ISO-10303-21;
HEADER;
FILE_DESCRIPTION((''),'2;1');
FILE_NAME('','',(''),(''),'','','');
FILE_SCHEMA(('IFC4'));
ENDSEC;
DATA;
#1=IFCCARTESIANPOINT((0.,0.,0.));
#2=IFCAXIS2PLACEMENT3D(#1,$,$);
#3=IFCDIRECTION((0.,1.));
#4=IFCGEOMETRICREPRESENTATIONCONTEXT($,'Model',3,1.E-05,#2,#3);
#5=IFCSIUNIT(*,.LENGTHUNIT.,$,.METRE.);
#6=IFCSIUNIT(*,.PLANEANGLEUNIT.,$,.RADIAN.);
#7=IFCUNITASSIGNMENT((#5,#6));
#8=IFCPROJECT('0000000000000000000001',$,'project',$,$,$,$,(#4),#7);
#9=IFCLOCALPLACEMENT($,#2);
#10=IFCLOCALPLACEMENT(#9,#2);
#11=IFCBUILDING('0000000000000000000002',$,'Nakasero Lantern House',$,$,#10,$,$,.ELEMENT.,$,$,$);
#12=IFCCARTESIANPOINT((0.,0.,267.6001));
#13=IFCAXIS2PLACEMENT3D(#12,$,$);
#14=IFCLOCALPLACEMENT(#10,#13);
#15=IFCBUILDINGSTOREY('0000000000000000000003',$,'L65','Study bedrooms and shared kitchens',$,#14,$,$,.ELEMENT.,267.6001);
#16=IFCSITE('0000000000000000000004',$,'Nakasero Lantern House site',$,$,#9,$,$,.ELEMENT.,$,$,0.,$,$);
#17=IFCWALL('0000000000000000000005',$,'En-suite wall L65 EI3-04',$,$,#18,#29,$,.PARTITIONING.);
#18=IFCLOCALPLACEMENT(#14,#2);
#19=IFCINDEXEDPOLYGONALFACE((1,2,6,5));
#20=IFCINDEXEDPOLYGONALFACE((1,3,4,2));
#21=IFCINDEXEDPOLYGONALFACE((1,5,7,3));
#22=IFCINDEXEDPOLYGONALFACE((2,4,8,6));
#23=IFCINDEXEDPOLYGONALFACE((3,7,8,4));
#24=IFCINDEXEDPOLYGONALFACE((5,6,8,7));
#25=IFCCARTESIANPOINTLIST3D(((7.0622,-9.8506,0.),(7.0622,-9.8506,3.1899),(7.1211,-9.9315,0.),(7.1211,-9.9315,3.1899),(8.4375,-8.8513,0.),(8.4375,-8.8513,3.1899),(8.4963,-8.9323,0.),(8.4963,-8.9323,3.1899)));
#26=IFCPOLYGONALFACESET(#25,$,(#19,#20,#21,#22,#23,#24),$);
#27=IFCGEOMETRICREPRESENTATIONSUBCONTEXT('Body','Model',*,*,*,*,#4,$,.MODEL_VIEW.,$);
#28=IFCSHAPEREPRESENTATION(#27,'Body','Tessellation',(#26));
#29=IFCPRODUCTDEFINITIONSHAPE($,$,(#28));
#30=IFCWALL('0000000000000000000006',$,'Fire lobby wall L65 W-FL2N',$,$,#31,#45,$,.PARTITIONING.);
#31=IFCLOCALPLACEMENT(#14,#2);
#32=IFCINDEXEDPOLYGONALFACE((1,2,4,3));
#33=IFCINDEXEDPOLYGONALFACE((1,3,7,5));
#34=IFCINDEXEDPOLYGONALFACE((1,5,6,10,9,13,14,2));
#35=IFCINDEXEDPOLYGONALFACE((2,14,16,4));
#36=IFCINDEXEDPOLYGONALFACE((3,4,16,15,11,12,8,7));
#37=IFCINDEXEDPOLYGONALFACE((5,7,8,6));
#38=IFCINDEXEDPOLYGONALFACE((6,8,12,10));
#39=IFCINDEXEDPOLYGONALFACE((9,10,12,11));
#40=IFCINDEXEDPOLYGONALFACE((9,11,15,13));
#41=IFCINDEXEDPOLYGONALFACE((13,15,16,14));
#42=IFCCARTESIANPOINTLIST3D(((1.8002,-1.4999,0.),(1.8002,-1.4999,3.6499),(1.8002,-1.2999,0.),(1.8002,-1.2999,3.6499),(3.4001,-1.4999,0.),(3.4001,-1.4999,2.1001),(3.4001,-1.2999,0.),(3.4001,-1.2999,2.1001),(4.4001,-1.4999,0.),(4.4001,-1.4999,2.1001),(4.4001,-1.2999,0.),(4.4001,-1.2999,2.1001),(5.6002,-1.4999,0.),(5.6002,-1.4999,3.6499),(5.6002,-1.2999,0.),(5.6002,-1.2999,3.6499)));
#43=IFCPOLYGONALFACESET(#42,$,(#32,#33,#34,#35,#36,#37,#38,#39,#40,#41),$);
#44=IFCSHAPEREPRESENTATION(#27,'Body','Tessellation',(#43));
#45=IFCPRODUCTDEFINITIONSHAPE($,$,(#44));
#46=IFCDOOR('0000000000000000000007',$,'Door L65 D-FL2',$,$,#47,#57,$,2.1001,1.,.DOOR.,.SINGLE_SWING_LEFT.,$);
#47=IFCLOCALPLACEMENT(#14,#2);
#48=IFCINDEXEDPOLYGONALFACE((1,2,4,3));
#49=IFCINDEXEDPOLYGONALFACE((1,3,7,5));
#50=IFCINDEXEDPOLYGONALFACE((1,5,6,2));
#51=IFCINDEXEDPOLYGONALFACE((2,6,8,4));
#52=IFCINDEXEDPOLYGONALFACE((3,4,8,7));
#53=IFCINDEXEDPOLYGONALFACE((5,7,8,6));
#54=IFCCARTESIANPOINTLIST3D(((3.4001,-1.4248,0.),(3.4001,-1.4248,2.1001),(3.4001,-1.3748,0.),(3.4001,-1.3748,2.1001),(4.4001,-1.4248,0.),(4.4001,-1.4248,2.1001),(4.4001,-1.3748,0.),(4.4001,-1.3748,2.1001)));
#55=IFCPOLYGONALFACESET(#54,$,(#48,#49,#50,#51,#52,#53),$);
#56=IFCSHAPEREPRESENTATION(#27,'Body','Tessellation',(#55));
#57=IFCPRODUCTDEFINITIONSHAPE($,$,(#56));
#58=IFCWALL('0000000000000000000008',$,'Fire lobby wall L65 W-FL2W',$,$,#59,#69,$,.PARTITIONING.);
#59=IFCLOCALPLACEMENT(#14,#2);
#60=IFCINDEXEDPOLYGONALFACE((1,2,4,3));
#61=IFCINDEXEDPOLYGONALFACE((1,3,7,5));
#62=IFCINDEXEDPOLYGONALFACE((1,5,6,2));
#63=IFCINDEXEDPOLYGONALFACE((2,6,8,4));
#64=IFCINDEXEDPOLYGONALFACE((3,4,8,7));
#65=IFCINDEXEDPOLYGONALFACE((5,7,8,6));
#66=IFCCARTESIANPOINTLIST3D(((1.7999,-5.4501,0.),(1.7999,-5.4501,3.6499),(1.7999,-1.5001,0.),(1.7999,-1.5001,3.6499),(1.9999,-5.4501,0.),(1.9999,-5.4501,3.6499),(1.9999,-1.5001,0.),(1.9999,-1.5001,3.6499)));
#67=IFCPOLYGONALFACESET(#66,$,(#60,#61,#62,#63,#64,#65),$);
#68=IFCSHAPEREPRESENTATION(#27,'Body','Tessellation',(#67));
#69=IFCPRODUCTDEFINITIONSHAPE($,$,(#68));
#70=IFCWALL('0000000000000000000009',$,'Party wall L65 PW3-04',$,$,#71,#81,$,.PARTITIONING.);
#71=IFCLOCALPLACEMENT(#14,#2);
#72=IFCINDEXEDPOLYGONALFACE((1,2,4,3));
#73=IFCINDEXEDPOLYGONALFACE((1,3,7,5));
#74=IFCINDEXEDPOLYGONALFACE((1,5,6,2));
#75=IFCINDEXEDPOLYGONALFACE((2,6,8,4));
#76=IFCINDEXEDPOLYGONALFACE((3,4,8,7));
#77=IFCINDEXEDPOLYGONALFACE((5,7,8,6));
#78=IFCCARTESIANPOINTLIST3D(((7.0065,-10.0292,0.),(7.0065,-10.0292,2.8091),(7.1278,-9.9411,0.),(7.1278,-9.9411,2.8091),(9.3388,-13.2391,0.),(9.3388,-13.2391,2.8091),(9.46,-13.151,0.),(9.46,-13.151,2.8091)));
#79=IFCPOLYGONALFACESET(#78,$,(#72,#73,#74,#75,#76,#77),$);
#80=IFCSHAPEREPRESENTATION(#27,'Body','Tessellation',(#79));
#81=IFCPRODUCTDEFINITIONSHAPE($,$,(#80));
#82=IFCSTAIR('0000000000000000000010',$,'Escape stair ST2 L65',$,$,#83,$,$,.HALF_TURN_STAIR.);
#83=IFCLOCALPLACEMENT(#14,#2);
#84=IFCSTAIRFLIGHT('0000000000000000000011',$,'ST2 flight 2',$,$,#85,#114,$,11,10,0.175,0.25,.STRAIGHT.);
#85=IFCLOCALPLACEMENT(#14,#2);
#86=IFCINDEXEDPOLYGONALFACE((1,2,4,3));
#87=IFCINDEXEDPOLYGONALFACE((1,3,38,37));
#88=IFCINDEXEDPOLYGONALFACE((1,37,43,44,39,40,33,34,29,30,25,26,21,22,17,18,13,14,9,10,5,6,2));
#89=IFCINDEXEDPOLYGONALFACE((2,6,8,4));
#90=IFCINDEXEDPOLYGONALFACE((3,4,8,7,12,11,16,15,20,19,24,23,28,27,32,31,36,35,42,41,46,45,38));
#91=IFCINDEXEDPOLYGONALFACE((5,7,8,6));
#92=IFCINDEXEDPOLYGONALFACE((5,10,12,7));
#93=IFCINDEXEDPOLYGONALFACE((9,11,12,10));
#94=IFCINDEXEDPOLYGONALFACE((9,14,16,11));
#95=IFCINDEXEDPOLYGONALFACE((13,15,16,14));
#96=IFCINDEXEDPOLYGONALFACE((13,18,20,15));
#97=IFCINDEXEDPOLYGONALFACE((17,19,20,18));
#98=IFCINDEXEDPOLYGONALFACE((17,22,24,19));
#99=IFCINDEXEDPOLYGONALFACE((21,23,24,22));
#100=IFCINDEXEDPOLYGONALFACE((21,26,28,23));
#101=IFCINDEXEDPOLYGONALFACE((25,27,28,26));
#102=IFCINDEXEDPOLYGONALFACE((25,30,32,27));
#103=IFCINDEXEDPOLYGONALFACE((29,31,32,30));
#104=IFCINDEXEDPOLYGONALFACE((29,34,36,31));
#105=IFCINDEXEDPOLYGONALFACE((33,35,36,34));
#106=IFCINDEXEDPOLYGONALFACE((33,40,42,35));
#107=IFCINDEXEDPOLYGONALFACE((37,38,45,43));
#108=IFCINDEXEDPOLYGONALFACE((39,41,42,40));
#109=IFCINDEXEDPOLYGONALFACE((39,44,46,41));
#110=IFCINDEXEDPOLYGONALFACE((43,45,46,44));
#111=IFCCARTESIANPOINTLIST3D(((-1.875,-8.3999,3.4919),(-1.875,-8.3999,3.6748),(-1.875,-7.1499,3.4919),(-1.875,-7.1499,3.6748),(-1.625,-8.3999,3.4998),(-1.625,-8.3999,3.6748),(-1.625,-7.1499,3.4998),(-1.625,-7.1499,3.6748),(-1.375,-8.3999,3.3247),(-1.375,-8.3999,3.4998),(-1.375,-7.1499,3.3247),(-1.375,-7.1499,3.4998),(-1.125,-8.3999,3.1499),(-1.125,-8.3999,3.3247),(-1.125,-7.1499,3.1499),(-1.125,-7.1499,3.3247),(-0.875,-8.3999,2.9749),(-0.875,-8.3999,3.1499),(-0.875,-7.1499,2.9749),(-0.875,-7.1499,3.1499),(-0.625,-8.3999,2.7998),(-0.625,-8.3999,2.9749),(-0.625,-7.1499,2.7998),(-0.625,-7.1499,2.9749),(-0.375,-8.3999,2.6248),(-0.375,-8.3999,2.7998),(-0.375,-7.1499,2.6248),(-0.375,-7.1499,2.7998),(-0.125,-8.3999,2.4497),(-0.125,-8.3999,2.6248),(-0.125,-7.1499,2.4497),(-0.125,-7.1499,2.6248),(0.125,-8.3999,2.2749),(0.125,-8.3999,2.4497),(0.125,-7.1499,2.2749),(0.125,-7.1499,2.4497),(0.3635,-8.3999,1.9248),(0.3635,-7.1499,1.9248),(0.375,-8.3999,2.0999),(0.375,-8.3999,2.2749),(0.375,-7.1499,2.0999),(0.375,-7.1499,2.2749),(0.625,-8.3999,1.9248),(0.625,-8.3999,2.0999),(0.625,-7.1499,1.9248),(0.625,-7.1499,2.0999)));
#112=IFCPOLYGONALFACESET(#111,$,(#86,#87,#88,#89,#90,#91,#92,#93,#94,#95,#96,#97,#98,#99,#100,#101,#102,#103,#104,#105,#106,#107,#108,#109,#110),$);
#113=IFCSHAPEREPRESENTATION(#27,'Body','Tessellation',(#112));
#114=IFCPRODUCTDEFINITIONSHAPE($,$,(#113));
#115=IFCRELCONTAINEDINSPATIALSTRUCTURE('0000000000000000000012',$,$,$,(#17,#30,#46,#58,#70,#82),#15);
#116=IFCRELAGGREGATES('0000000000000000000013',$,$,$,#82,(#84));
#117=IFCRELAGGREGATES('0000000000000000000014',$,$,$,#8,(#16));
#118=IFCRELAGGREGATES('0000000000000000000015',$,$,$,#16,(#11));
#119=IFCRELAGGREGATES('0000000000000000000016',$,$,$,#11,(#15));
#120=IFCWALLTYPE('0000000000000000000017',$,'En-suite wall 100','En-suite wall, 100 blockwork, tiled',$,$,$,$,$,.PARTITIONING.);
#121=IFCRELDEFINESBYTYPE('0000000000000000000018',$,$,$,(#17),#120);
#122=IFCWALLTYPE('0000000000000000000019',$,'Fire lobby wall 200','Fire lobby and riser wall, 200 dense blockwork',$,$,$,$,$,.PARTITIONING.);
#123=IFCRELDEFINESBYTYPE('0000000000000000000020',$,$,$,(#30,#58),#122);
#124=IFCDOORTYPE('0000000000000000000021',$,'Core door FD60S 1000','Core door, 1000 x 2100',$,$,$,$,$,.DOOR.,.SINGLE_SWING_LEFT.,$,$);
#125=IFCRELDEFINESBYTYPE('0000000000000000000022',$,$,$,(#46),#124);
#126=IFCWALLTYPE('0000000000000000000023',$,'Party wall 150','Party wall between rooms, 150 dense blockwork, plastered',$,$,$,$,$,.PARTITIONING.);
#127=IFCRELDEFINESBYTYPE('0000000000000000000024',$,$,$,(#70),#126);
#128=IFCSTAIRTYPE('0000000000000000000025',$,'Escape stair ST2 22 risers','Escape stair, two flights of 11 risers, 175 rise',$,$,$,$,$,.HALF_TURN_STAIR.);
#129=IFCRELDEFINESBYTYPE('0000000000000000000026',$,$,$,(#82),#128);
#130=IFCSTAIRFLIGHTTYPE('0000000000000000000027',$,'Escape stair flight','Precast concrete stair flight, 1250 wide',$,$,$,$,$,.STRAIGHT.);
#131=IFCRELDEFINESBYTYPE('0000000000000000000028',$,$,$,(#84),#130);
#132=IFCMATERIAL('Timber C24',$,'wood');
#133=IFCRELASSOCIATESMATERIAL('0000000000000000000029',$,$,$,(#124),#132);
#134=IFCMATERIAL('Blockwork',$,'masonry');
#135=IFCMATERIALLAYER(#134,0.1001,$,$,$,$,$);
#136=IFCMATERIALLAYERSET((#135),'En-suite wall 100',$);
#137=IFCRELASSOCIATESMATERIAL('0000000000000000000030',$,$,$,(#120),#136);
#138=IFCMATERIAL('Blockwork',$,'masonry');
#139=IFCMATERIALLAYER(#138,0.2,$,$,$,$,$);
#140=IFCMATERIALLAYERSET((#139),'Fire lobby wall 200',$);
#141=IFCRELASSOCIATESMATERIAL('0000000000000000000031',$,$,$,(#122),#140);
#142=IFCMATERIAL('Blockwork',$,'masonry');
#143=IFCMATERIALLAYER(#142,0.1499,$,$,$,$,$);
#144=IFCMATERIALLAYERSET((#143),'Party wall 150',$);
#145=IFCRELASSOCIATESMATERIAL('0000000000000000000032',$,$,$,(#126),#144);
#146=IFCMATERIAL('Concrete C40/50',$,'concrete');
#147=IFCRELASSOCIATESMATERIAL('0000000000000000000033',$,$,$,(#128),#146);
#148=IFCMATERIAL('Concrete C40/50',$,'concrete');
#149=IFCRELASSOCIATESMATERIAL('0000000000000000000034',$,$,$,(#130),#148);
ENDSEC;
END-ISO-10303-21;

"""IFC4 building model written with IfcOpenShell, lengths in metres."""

from ifc_helpers import new_model, si_unit, direction, frame, frame_2d, origin, place, context, subcontext, project, spatial, polyline, rectangle, outline, extrude, material, layer, layer_set, type_object, element, fill, aggregate, save


model = new_model("IFC4")

# Units and contexts
model_context = context("Model", 3, precision=1e-05, world=origin(), true_north=direction((0.0, 1.0)))
body_context = subcontext(model_context, "Body", "Model", "MODEL_VIEW")
ifc_project = project(units=[si_unit("LENGTHUNIT", "METRE"), si_unit("PLANEANGLEUNIT", "RADIAN")], contexts=[model_context])

# Site, building, storey
site_placement = place(None, origin())
site = spatial("IfcSite", under=ifc_project, at=site_placement, Name="Nakasero Lantern House site", CompositionType="ELEMENT", RefElevation=0.0)
building_placement = place(site_placement, origin())
building = spatial("IfcBuilding", under=site, at=building_placement, Name="Nakasero Lantern House", CompositionType="ELEMENT")
storey_placement = place(building_placement, frame((0.0, 0.0, 267.6001)))
storey = spatial("IfcBuildingStorey", under=building, at=storey_placement, Name="L65", Description="Study bedrooms and shared kitchens", CompositionType="ELEMENT", Elevation=267.6001)

# Shared definitions
ifc_material_1 = material(Name="Timber C24", Category="wood")
door_type_1 = type_object("IfcDoorType", Name="Core door FD60S 1000", Description="Core door, 1000 x 2100", OperationType="SINGLE_SWING_LEFT", PredefinedType="DOOR", material=ifc_material_1)

# Wall
ifc_material_2 = material(Name="Blockwork", Category="masonry")
ifc_layer_1 = layer(ifc_material_2, 0.1001)
ifc_layer_set_1 = layer_set([ifc_layer_1], Name="En-suite wall 100")
wall_type_1 = type_object("IfcWallType", Name="En-suite wall 100", Description="En-suite wall, 100 blockwork, tiled", PredefinedType="PARTITIONING", material=ifc_layer_set_1)
wall_1_placement = place(storey_placement, frame((7.0916, -9.8911, 0.0), z_axis=(0.0, 0.0, 1.0), x_axis=(0.808991, 0.587822, 0.0)))
element("IfcWall", 1, at=wall_1_placement, inside=storey, type_object=wall_type_1, Name="En-suite wall L65 EI3-04", PredefinedType="PARTITIONING", context=body_context, shape_type="SweptSolid", body=[
    extrude(rectangle(XDim=1.7, YDim=0.1001, at=frame_2d((0.8501, 0.0))), origin(), (0.0, 0.0, 1.0), 3.1899),
])

# Wall, opening, door
ifc_material_3 = material(Name="Blockwork", Category="masonry")
ifc_layer_2 = layer(ifc_material_3, 0.2)
ifc_layer_set_2 = layer_set([ifc_layer_2], Name="Fire lobby wall 200")
wall_type_2 = type_object("IfcWallType", Name="Fire lobby wall 200", Description="Fire lobby and riser wall, 200 dense blockwork", PredefinedType="PARTITIONING", material=ifc_layer_set_2)
wall_2_placement = place(storey_placement, frame((5.6001, -1.3999, 0.0), z_axis=(0.0, 0.0, 1.0), x_axis=(-1.0, 0.0, 0.0)))
wall_2 = element("IfcWall", 2, at=wall_2_placement, inside=storey, type_object=wall_type_2, Name="Fire lobby wall L65 W-FL2N", PredefinedType="PARTITIONING", context=body_context, shape_type="SweptSolid", body=[
    extrude(rectangle(XDim=3.8, YDim=0.2, at=frame_2d((1.8999, 0.0))), origin(), (0.0, 0.0, 1.0), 3.6499),
])
opening_1_placement = place(wall_2_placement, frame((1.2, 0.0, 0.0)))
opening_1 = element("IfcOpeningElement", 3, at=opening_1_placement, cuts=wall_2, PredefinedType="OPENING", context=body_context, shape_type="SweptSolid", body=[
    extrude(rectangle(XDim=1.0, YDim=2.1001, at=frame_2d((0.5, 1.05))), frame((0.0, 0.1199, 0.0), z_axis=(0.0, -1.0, 0.0), x_axis=(1.0, 0.0, 0.0)), (0.0, 0.0, 1.0), 0.24),
])
door_1_placement = place(opening_1_placement, origin())
door_1 = element("IfcDoor", 4, at=door_1_placement, inside=storey, type_object=door_type_1, Name="Door L65 D-FL2", OperationType="SINGLE_SWING_LEFT", OverallHeight=2.1001, OverallWidth=1.0, PredefinedType="DOOR", context=body_context, shape_type="SweptSolid", body=[
    extrude(rectangle(XDim=1.0, YDim=2.1001, at=frame_2d((0.5, 1.05))), frame((0.0, 0.0249, 0.0), z_axis=(0.0, -1.0, 0.0), x_axis=(1.0, 0.0, 0.0)), (0.0, 0.0, 1.0), 0.05),
])
fill(opening_1, door_1)

# Walls
wall_3_placement = place(storey_placement, frame((1.8999, -1.5, 0.0), z_axis=(0.0, 0.0, 1.0), x_axis=(0.0, -1.0, 0.0)))
element("IfcWall", 5, at=wall_3_placement, inside=storey, type_object=wall_type_2, Name="Fire lobby wall L65 W-FL2W", PredefinedType="PARTITIONING", context=body_context, shape_type="SweptSolid", body=[
    extrude(rectangle(XDim=3.95, YDim=0.2, at=frame_2d((1.9751, 0.0))), origin(), (0.0, 0.0, 1.0), 3.6499),
])
ifc_material_4 = material(Name="Blockwork", Category="masonry")
ifc_layer_3 = layer(ifc_material_4, 0.1499)
ifc_layer_set_3 = layer_set([ifc_layer_3], Name="Party wall 150")
wall_type_3 = type_object("IfcWallType", Name="Party wall 150", Description="Party wall between rooms, 150 dense blockwork, plastered", PredefinedType="PARTITIONING", material=ifc_layer_set_3)
wall_4_placement = place(storey_placement, frame((7.0671, -9.9851, 0.0), z_axis=(0.0, 0.0, 1.0), x_axis=(0.587802, -0.809005, 0.0)))
element("IfcWall", 6, at=wall_4_placement, inside=storey, type_object=wall_type_3, Name="Party wall L65 PW3-04", PredefinedType="PARTITIONING", context=body_context, shape_type="SweptSolid", body=[
    extrude(rectangle(XDim=3.9678, YDim=0.1499, at=frame_2d((1.9839, 0.0))), origin(), (0.0, 0.0, 1.0), 2.8091),
])

# Stair, stair flight
ifc_material_5 = material(Name="Concrete C40/50", Category="concrete")
stair_type_1 = type_object("IfcStairType", Name="Escape stair ST2 22 risers", Description="Escape stair, two flights of 11 risers, 175 rise", PredefinedType="HALF_TURN_STAIR", material=ifc_material_5)
stair_1_placement = place(storey_placement, origin())
stair_1 = element("IfcStair", 7, at=stair_1_placement, inside=storey, type_object=stair_type_1, Name="Escape stair ST2 L65", PredefinedType="HALF_TURN_STAIR")
ifc_material_6 = material(Name="Concrete C40/50", Category="concrete")
stair_flight_type = type_object("IfcStairFlightType", Name="Escape stair flight", Description="Precast concrete stair flight, 1250 wide", PredefinedType="STRAIGHT", material=ifc_material_6)
stair_flight_placement = place(storey_placement, frame((0.625, -7.7749, 1.9248), z_axis=(0.0, 0.0, 1.0), x_axis=(-1.0, 0.0, 0.0)))
stair_flight = element("IfcStairFlight", 8, at=stair_flight_placement, type_object=stair_flight_type, Name="ST2 flight 2", NumberOfRisers=11, NumberOfTreads=10, PredefinedType="STRAIGHT", RiserHeight=0.175, TreadLength=0.25, context=body_context, shape_type="SweptSolid", body=[
    extrude(outline(polyline([(0.0, 0.0), (0.0, 0.175), (0.25, 0.175), (0.25, 0.3501), (0.5, 0.3501), (0.5, 0.5249), (0.75, 0.5249), (0.75, 0.7), (1.0, 0.7), (1.0, 0.875), (1.25, 0.875), (1.25, 1.05), (1.5, 1.05), (1.5, 1.2251), (1.75, 1.2251), (1.75, 1.3999), (2.0, 1.3999), (2.0, 1.575), (2.25, 1.575), (2.25, 1.75), (2.5, 1.75), (2.5, 1.925), (2.5, 1.5671), (0.2615, 0.0), (0.0, 0.0)])), frame((0.0, 0.625, 0.0), z_axis=(0.0, -1.0, 0.0), x_axis=(1.0, 0.0, 0.0)), (0.0, 0.0, 1.0), 1.25),
])
aggregate(stair_1, [stair_flight])

save(model, "model.ifc")
